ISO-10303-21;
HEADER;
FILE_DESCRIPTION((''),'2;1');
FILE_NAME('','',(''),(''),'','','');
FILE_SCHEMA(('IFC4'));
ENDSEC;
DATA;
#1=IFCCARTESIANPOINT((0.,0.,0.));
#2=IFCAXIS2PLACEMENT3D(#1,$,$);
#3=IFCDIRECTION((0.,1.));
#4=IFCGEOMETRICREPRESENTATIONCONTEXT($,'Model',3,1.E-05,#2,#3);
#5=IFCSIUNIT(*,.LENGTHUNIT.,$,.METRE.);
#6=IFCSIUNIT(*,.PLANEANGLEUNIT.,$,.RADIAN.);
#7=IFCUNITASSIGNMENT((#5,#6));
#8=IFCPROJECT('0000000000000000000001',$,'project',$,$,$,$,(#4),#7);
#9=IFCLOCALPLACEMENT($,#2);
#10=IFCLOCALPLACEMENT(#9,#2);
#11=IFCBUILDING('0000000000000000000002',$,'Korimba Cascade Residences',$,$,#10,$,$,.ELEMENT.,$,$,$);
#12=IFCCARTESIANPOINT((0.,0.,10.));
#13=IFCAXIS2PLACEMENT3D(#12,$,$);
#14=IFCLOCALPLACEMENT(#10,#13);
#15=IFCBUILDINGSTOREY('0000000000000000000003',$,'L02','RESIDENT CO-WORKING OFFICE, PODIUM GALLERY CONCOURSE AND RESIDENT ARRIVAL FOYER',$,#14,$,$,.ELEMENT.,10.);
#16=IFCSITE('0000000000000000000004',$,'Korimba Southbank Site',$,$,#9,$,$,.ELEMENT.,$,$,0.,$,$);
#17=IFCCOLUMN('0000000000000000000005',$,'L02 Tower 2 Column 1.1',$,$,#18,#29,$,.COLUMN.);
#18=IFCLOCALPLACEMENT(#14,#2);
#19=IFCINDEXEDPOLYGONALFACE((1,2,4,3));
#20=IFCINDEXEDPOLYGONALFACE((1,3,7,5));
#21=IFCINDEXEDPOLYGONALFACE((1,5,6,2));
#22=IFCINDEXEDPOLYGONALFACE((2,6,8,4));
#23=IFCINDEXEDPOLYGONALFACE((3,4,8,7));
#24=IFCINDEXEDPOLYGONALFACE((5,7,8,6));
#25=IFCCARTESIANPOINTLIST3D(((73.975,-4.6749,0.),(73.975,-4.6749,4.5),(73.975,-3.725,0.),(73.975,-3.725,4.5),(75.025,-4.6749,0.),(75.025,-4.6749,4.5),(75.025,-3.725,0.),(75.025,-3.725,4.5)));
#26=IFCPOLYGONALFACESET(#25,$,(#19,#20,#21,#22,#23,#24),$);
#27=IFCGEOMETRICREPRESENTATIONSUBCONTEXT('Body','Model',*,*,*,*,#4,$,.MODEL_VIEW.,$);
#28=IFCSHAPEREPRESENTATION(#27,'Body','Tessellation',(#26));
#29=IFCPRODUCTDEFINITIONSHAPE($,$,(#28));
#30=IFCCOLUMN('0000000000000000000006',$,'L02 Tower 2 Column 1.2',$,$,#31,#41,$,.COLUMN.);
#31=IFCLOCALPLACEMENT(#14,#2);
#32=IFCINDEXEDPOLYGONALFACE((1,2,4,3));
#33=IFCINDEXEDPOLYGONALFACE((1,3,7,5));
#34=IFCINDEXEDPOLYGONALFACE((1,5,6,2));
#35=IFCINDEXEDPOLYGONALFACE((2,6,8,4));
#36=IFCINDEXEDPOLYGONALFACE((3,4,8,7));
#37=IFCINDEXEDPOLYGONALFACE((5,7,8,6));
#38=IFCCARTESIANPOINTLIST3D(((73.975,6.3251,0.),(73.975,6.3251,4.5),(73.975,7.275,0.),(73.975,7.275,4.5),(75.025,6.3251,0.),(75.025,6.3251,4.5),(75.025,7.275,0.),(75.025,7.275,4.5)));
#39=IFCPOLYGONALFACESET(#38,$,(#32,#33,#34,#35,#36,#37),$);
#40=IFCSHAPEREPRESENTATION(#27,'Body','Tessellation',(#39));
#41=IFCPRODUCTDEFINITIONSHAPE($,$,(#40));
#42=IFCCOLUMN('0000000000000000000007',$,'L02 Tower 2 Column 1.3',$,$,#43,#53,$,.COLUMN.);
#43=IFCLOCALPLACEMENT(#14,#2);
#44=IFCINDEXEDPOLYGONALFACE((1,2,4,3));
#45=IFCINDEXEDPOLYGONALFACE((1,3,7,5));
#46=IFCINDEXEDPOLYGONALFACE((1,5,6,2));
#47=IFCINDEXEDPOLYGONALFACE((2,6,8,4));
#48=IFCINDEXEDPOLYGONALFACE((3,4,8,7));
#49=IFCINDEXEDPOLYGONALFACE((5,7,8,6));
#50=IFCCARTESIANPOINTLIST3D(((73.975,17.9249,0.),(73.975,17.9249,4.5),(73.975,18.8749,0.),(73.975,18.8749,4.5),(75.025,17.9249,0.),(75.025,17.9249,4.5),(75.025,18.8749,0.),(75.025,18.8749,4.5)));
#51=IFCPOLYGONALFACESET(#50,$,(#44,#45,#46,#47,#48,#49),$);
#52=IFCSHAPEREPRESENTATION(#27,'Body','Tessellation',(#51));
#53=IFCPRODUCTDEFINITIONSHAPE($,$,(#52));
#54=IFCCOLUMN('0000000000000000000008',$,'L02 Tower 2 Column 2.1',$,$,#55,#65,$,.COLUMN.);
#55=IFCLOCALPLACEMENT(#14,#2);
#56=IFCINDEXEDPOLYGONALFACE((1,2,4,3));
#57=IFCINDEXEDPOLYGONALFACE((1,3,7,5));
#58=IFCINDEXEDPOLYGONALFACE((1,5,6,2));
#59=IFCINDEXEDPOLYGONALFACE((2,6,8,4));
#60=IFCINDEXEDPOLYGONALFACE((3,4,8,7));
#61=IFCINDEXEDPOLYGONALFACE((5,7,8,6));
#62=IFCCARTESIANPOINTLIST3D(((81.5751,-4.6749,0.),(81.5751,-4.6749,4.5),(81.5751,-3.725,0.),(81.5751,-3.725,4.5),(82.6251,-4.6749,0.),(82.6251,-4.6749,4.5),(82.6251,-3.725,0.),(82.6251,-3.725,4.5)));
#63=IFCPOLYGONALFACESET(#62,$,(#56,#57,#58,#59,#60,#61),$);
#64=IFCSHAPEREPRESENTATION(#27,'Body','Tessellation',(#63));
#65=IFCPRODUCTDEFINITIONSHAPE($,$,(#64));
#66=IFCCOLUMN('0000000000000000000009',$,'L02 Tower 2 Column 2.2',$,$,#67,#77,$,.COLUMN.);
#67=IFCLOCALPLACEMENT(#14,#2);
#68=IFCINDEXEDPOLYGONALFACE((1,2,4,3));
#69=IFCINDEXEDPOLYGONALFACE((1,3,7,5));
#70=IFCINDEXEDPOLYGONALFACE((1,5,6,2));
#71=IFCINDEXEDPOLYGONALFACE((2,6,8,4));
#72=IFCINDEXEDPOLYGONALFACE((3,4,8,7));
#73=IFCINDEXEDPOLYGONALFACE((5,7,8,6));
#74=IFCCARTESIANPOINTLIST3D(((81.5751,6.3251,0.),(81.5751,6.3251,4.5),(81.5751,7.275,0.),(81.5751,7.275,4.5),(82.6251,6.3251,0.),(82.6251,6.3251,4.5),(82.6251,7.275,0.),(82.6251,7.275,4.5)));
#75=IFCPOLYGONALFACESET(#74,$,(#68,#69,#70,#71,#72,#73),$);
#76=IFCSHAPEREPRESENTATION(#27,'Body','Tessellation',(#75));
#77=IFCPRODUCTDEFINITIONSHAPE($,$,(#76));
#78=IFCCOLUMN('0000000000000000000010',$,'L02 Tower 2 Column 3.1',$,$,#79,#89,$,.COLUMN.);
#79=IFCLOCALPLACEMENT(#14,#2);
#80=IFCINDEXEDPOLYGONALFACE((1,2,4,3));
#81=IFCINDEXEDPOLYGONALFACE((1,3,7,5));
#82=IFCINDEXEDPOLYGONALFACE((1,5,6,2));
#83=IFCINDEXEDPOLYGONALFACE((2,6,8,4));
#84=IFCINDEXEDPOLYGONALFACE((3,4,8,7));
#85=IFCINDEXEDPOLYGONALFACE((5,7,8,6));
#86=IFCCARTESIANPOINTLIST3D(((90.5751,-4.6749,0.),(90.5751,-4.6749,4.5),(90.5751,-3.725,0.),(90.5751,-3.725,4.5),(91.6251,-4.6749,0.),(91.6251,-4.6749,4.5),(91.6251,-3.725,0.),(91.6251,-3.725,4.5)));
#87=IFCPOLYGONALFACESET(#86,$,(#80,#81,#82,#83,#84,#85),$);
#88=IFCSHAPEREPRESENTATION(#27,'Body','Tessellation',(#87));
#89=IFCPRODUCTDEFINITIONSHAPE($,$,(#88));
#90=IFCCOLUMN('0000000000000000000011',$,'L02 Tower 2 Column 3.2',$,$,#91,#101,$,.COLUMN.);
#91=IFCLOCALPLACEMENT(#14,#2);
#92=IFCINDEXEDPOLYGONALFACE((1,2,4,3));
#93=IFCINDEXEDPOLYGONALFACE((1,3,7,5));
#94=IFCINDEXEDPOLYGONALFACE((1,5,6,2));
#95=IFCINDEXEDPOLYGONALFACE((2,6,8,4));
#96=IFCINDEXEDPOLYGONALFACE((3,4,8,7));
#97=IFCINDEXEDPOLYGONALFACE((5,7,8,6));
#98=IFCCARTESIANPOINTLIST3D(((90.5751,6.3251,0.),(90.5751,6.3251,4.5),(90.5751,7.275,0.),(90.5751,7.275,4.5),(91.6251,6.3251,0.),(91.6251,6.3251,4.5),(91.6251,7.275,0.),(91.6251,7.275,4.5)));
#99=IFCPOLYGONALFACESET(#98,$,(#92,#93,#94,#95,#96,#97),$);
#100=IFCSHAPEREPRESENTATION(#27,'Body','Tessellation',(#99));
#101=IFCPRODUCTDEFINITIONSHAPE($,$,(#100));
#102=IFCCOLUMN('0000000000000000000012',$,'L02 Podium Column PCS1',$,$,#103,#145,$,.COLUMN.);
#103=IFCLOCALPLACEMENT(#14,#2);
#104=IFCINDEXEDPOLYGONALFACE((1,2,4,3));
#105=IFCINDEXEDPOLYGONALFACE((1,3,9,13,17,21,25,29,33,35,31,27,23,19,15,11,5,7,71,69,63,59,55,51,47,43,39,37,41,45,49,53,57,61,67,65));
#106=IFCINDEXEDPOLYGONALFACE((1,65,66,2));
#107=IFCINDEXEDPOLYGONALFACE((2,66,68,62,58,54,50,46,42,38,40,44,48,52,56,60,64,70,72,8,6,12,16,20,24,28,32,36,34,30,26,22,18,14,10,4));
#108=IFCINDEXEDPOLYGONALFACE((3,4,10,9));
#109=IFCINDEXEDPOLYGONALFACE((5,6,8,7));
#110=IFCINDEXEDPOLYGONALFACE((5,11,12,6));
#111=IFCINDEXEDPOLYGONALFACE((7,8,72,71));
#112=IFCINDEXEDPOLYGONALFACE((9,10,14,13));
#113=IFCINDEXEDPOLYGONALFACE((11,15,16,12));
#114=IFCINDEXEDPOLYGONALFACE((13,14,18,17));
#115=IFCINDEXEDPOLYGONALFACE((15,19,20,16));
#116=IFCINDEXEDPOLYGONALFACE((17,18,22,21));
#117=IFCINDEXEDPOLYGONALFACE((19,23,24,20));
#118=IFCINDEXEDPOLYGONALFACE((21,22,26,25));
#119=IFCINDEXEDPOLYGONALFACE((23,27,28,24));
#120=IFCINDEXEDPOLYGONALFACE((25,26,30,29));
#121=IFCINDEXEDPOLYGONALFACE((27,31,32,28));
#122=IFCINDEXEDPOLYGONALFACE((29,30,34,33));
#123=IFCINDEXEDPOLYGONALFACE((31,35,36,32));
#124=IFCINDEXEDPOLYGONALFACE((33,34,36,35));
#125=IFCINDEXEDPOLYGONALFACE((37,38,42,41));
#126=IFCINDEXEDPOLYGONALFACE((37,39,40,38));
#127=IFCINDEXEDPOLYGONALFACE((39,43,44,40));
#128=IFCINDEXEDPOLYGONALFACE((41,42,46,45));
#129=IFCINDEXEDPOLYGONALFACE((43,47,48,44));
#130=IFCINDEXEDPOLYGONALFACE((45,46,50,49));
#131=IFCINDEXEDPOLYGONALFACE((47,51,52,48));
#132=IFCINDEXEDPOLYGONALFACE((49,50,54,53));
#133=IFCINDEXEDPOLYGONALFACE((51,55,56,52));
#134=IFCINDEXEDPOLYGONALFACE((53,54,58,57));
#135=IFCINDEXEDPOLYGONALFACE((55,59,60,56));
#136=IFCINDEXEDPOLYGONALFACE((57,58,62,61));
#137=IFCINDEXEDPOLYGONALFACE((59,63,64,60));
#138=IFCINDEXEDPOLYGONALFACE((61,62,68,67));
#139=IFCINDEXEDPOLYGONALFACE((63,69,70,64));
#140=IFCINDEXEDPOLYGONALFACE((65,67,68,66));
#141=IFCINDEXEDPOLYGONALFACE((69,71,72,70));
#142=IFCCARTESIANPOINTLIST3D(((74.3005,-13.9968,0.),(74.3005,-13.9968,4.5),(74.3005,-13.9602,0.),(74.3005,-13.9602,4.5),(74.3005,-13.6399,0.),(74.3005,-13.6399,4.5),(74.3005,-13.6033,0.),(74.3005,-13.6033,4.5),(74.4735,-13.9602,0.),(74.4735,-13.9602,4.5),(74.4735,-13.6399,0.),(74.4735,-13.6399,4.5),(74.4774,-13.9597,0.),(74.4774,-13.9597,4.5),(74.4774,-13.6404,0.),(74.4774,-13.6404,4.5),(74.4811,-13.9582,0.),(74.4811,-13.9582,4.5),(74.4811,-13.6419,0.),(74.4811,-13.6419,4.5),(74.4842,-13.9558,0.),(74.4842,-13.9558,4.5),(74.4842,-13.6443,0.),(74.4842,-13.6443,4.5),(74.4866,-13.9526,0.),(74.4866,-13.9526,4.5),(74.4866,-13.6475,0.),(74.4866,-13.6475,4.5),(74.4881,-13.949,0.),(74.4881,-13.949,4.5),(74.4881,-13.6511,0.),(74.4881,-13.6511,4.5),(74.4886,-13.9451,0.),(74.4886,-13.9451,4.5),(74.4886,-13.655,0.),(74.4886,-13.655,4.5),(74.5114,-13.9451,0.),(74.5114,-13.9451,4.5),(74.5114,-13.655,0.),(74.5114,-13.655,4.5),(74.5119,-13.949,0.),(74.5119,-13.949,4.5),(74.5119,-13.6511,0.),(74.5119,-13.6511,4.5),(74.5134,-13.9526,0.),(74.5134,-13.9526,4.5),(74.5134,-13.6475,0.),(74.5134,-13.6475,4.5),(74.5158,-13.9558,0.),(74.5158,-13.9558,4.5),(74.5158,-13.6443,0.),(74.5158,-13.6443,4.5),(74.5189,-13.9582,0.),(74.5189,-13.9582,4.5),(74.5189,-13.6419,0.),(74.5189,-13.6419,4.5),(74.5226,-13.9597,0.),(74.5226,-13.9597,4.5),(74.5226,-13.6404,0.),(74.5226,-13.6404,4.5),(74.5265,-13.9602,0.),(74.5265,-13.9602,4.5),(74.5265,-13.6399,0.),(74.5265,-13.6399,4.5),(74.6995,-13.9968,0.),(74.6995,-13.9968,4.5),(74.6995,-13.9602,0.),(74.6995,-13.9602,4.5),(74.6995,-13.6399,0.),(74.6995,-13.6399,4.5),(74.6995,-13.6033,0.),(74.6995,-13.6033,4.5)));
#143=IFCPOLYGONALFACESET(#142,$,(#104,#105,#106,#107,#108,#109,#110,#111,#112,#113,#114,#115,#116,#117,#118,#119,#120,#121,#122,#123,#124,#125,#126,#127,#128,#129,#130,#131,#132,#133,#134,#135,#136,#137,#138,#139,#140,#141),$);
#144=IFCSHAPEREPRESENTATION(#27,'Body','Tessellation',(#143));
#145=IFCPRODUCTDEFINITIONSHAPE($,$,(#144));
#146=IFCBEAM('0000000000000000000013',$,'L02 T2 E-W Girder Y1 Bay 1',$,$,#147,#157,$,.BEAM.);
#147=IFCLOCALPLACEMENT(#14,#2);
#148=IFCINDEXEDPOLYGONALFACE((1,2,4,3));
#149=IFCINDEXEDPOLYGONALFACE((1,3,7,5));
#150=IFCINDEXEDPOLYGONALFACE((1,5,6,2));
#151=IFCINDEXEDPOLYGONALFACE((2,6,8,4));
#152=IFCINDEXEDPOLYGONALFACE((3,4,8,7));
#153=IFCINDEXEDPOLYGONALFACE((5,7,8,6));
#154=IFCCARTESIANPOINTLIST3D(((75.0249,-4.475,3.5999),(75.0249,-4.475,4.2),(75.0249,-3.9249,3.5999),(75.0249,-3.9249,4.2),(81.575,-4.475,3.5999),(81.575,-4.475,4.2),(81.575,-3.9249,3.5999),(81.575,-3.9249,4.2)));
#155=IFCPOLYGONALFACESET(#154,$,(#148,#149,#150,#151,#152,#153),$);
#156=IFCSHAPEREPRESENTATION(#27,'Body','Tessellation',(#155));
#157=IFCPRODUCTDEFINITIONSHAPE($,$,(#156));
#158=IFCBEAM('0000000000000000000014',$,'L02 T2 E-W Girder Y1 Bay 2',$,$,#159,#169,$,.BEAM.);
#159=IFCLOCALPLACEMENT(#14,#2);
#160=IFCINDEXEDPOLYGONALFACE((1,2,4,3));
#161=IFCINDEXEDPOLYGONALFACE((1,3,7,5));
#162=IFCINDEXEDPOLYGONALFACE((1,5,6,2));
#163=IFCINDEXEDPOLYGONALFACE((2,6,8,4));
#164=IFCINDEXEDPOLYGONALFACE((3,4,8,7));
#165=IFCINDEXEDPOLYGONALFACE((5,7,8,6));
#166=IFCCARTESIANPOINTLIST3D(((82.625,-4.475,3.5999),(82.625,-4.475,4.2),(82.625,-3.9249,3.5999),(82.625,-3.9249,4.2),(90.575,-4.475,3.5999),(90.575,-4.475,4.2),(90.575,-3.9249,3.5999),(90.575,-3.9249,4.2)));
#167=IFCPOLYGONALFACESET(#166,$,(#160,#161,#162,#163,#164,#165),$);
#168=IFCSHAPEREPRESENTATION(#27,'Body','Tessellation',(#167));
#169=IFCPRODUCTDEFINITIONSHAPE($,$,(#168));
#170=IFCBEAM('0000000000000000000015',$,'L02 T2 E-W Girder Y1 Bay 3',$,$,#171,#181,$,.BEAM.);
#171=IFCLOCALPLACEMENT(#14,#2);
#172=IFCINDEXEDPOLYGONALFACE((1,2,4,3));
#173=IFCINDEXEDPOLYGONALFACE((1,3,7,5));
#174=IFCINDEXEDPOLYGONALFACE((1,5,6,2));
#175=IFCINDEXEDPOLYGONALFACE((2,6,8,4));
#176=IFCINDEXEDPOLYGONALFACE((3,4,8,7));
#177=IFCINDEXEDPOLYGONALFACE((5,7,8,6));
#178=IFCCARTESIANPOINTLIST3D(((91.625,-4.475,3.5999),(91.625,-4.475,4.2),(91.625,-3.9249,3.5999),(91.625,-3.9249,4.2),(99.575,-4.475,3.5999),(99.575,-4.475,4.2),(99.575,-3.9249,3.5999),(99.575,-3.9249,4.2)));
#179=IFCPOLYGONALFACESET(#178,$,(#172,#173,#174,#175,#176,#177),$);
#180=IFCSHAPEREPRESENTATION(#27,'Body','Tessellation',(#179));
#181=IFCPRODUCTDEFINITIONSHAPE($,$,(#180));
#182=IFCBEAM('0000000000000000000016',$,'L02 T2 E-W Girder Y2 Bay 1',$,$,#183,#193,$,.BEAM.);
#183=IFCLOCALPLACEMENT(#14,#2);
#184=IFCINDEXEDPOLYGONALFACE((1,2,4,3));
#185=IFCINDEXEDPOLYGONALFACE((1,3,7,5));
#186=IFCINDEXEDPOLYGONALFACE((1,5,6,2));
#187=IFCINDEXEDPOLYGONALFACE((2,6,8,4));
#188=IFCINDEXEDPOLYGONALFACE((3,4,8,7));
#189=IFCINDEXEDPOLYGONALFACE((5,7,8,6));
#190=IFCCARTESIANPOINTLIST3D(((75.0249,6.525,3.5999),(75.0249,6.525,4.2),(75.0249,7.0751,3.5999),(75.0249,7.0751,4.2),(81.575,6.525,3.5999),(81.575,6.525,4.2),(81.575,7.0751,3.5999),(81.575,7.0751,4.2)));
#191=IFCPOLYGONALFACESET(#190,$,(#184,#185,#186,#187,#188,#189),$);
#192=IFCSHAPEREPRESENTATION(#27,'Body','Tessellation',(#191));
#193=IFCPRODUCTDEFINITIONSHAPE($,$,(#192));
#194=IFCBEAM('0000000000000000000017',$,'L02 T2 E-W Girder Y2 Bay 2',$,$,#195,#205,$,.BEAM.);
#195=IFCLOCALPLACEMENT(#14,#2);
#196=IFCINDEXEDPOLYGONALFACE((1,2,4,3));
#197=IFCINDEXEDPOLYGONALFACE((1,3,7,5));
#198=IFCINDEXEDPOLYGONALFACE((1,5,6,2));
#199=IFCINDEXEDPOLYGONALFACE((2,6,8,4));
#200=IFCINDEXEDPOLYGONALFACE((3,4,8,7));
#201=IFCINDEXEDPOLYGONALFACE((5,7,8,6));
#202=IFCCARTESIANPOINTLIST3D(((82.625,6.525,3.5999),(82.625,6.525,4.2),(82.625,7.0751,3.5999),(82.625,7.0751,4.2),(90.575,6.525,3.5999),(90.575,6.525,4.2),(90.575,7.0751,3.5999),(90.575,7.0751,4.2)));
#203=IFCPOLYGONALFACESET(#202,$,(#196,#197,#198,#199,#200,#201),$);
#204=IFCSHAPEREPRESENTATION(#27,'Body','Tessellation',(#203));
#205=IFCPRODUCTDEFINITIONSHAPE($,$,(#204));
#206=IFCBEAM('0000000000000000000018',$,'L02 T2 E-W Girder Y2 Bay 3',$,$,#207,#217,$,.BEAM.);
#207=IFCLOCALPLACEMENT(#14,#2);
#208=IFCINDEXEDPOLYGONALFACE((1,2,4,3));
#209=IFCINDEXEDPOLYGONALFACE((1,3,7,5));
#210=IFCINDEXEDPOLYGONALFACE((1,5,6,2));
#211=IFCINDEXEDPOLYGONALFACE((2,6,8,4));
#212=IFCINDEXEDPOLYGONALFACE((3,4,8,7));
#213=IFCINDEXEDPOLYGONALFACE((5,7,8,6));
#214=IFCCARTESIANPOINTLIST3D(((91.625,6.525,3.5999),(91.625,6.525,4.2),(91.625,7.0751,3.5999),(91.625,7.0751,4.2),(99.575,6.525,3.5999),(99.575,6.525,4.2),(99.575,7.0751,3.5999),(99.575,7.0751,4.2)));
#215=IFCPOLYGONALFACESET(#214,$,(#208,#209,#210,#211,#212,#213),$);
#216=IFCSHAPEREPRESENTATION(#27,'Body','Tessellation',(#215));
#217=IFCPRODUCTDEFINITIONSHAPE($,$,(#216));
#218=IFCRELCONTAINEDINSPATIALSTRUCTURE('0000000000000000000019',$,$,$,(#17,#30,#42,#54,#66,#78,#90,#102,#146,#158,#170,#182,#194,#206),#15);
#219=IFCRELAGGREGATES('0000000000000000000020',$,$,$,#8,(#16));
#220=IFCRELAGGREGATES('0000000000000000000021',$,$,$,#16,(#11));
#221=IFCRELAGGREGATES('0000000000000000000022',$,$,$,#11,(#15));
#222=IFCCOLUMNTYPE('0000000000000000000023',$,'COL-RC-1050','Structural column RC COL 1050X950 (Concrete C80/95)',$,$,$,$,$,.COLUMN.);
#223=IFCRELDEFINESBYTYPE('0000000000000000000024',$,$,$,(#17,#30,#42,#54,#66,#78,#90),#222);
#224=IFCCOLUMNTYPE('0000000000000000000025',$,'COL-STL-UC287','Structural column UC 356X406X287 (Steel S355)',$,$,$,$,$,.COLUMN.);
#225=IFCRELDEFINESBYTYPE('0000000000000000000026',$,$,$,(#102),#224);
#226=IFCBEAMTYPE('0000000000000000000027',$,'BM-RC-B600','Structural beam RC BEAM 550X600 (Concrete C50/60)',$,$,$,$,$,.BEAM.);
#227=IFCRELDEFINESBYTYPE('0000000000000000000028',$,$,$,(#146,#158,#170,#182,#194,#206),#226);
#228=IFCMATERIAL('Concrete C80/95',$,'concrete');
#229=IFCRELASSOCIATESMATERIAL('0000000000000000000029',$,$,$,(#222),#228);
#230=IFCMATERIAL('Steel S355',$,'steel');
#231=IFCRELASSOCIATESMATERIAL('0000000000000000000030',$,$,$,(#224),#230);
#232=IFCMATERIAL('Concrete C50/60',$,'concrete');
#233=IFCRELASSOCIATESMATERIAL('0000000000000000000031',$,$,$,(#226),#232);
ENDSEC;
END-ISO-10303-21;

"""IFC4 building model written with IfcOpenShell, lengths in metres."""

from ifc_helpers import new_model, si_unit, direction, frame, origin, origin_2d, place, context, subcontext, project, spatial, rectangle, i_section, extrude, material, material_profile, profile_set, type_object, element, save


model = new_model("IFC4")

# Units and contexts
model_context = context("Model", 3, precision=1e-05, world=origin(), true_north=direction((0.0, 1.0)))
body_context = subcontext(model_context, "Body", "Model", "MODEL_VIEW")
ifc_project = project(units=[si_unit("LENGTHUNIT", "METRE"), si_unit("PLANEANGLEUNIT", "RADIAN")], contexts=[model_context])

# Site, building, storey
site_placement = place(None, origin())
site = spatial("IfcSite", under=ifc_project, at=site_placement, Name="Korimba Southbank Site", CompositionType="ELEMENT", RefElevation=0.0)
building_placement = place(site_placement, origin())
building = spatial("IfcBuilding", under=site, at=building_placement, Name="Korimba Cascade Residences", CompositionType="ELEMENT")
storey_placement = place(building_placement, frame((0.0, 0.0, 10.0)))
storey = spatial("IfcBuildingStorey", under=building, at=storey_placement, Name="L02", Description="RESIDENT CO-WORKING OFFICE, PODIUM GALLERY CONCOURSE AND RESIDENT ARRIVAL FOYER", CompositionType="ELEMENT", Elevation=10.0)

# Columns
ifc_material_1 = material(Name="Concrete C80/95", Category="concrete")
ifc_material_profile_1 = material_profile(ifc_material_1, rectangle(XDim=1.05, YDim=0.95, at=origin_2d()), Name="Concrete C80/95")
ifc_profile_set_1 = profile_set([ifc_material_profile_1], Name="Concrete C80/95")
column_type_1 = type_object("IfcColumnType", Name="COL-RC-1050", Description="Structural column RC COL 1050X950 (Concrete C80/95)", PredefinedType="COLUMN", material=ifc_profile_set_1)
for number, where, z_axis, x_axis, name in (
    (1, (74.5, -4.2, 0.0), (0.0, 0.0, 1.0), (1.0, 0.0, 0.0), "L02 Tower 2 Column 1.1"),
    (2, (74.5, 6.8, 0.0), (0.0, 0.0, 1.0), (1.0, 0.0, 0.0), "L02 Tower 2 Column 1.2"),
    (3, (74.5, 18.3999, 0.0), (0.0, 0.0, 1.0), (1.0, 0.0, 0.0), "L02 Tower 2 Column 1.3"),
    (4, (82.1001, -4.2, 0.0), (0.0, 0.0, 1.0), (1.0, 0.0, 0.0), "L02 Tower 2 Column 2.1"),
    (5, (82.1001, 6.8, 0.0), (0.0, 0.0, 1.0), (1.0, 0.0, 0.0), "L02 Tower 2 Column 2.2"),
    (6, (91.1001, -4.2, 0.0), (0.0, 0.0, 1.0), (1.0, 0.0, 0.0), "L02 Tower 2 Column 3.1"),
    (7, (91.1001, 6.8, 0.0), (0.0, 0.0, 1.0), (1.0, 0.0, 0.0), "L02 Tower 2 Column 3.2"),
):
    element("IfcColumn", number, at=place(storey_placement, frame(where, z_axis=z_axis, x_axis=x_axis)), inside=storey, type_object=column_type_1, Name=name, PredefinedType="COLUMN", context=body_context, shape_type="SweptSolid", body=[
        extrude(rectangle(XDim=1.05, YDim=0.95, at=origin_2d()), origin(), (0.0, 0.0, 1.0), 4.5),
    ])
ifc_material_2 = material(Name="Steel S355", Category="steel")
ifc_material_profile_2 = material_profile(ifc_material_2, i_section(OverallWidth=0.3989, OverallDepth=0.3936, WebThickness=0.0227, FlangeThickness=0.0366, FilletRadius=0.0151, at=origin_2d()), Name="Steel S355")
ifc_profile_set_2 = profile_set([ifc_material_profile_2], Name="Steel S355")
column_type_2 = type_object("IfcColumnType", Name="COL-STL-UC287", Description="Structural column UC 356X406X287 (Steel S355)", PredefinedType="COLUMN", material=ifc_profile_set_2)
column_placement = place(storey_placement, frame((74.5, -13.8, 0.0), z_axis=(0.0, 0.0, 1.0), x_axis=(1.0, 0.0, 0.0)))
element("IfcColumn", 8, at=column_placement, inside=storey, type_object=column_type_2, Name="L02 Podium Column PCS1", PredefinedType="COLUMN", context=body_context, shape_type="SweptSolid", body=[
    extrude(i_section(OverallWidth=0.3989, OverallDepth=0.3936, WebThickness=0.0227, FlangeThickness=0.0366, FilletRadius=0.0151, at=origin_2d()), origin(), (0.0, 0.0, 1.0), 4.5),
])

# Beams
ifc_material_3 = material(Name="Concrete C50/60", Category="concrete")
ifc_material_profile_3 = material_profile(ifc_material_3, rectangle(XDim=0.55, YDim=0.6001, at=origin_2d()), Name="Concrete C50/60")
ifc_profile_set_3 = profile_set([ifc_material_profile_3], Name="Concrete C50/60")
beam_type_1 = type_object("IfcBeamType", Name="BM-RC-B600", Description="Structural beam RC BEAM 550X600 (Concrete C50/60)", PredefinedType="BEAM", material=ifc_profile_set_3)
beam_1_placement = place(storey_placement, frame((75.0249, -4.2, 3.8999), z_axis=(1.0, 0.0, 0.0), x_axis=(0.0, 1.0, 0.0)))
element("IfcBeam", 9, at=beam_1_placement, inside=storey, type_object=beam_type_1, Name="L02 T2 E-W Girder Y1 Bay 1", PredefinedType="BEAM", context=body_context, shape_type="SweptSolid", body=[
    extrude(rectangle(XDim=0.55, YDim=0.6001, at=origin_2d()), origin(), (0.0, 0.0, 1.0), 6.55),
])
for number, where, z_axis, x_axis, name in (
    (10, (82.625, -4.2, 3.8999), (1.0, 0.0, 0.0), (0.0, 1.0, 0.0), "L02 T2 E-W Girder Y1 Bay 2"),
    (11, (91.625, -4.2, 3.8999), (1.0, 0.0, 0.0), (0.0, 1.0, 0.0), "L02 T2 E-W Girder Y1 Bay 3"),
):
    element("IfcBeam", number, at=place(storey_placement, frame(where, z_axis=z_axis, x_axis=x_axis)), inside=storey, type_object=beam_type_1, Name=name, PredefinedType="BEAM", context=body_context, shape_type="SweptSolid", body=[
        extrude(rectangle(XDim=0.55, YDim=0.6001, at=origin_2d()), origin(), (0.0, 0.0, 1.0), 7.95),
    ])
beam_2_placement = place(storey_placement, frame((75.0249, 6.8, 3.8999), z_axis=(1.0, 0.0, 0.0), x_axis=(0.0, 1.0, 0.0)))
element("IfcBeam", 12, at=beam_2_placement, inside=storey, type_object=beam_type_1, Name="L02 T2 E-W Girder Y2 Bay 1", PredefinedType="BEAM", context=body_context, shape_type="SweptSolid", body=[
    extrude(rectangle(XDim=0.55, YDim=0.6001, at=origin_2d()), origin(), (0.0, 0.0, 1.0), 6.55),
])
for number, where, z_axis, x_axis, name in (
    (13, (82.625, 6.8, 3.8999), (1.0, 0.0, 0.0), (0.0, 1.0, 0.0), "L02 T2 E-W Girder Y2 Bay 2"),
    (14, (91.625, 6.8, 3.8999), (1.0, 0.0, 0.0), (0.0, 1.0, 0.0), "L02 T2 E-W Girder Y2 Bay 3"),
):
    element("IfcBeam", number, at=place(storey_placement, frame(where, z_axis=z_axis, x_axis=x_axis)), inside=storey, type_object=beam_type_1, Name=name, PredefinedType="BEAM", context=body_context, shape_type="SweptSolid", body=[
        extrude(rectangle(XDim=0.55, YDim=0.6001, at=origin_2d()), origin(), (0.0, 0.0, 1.0), 7.95),
    ])

save(model, "model.ifc")
